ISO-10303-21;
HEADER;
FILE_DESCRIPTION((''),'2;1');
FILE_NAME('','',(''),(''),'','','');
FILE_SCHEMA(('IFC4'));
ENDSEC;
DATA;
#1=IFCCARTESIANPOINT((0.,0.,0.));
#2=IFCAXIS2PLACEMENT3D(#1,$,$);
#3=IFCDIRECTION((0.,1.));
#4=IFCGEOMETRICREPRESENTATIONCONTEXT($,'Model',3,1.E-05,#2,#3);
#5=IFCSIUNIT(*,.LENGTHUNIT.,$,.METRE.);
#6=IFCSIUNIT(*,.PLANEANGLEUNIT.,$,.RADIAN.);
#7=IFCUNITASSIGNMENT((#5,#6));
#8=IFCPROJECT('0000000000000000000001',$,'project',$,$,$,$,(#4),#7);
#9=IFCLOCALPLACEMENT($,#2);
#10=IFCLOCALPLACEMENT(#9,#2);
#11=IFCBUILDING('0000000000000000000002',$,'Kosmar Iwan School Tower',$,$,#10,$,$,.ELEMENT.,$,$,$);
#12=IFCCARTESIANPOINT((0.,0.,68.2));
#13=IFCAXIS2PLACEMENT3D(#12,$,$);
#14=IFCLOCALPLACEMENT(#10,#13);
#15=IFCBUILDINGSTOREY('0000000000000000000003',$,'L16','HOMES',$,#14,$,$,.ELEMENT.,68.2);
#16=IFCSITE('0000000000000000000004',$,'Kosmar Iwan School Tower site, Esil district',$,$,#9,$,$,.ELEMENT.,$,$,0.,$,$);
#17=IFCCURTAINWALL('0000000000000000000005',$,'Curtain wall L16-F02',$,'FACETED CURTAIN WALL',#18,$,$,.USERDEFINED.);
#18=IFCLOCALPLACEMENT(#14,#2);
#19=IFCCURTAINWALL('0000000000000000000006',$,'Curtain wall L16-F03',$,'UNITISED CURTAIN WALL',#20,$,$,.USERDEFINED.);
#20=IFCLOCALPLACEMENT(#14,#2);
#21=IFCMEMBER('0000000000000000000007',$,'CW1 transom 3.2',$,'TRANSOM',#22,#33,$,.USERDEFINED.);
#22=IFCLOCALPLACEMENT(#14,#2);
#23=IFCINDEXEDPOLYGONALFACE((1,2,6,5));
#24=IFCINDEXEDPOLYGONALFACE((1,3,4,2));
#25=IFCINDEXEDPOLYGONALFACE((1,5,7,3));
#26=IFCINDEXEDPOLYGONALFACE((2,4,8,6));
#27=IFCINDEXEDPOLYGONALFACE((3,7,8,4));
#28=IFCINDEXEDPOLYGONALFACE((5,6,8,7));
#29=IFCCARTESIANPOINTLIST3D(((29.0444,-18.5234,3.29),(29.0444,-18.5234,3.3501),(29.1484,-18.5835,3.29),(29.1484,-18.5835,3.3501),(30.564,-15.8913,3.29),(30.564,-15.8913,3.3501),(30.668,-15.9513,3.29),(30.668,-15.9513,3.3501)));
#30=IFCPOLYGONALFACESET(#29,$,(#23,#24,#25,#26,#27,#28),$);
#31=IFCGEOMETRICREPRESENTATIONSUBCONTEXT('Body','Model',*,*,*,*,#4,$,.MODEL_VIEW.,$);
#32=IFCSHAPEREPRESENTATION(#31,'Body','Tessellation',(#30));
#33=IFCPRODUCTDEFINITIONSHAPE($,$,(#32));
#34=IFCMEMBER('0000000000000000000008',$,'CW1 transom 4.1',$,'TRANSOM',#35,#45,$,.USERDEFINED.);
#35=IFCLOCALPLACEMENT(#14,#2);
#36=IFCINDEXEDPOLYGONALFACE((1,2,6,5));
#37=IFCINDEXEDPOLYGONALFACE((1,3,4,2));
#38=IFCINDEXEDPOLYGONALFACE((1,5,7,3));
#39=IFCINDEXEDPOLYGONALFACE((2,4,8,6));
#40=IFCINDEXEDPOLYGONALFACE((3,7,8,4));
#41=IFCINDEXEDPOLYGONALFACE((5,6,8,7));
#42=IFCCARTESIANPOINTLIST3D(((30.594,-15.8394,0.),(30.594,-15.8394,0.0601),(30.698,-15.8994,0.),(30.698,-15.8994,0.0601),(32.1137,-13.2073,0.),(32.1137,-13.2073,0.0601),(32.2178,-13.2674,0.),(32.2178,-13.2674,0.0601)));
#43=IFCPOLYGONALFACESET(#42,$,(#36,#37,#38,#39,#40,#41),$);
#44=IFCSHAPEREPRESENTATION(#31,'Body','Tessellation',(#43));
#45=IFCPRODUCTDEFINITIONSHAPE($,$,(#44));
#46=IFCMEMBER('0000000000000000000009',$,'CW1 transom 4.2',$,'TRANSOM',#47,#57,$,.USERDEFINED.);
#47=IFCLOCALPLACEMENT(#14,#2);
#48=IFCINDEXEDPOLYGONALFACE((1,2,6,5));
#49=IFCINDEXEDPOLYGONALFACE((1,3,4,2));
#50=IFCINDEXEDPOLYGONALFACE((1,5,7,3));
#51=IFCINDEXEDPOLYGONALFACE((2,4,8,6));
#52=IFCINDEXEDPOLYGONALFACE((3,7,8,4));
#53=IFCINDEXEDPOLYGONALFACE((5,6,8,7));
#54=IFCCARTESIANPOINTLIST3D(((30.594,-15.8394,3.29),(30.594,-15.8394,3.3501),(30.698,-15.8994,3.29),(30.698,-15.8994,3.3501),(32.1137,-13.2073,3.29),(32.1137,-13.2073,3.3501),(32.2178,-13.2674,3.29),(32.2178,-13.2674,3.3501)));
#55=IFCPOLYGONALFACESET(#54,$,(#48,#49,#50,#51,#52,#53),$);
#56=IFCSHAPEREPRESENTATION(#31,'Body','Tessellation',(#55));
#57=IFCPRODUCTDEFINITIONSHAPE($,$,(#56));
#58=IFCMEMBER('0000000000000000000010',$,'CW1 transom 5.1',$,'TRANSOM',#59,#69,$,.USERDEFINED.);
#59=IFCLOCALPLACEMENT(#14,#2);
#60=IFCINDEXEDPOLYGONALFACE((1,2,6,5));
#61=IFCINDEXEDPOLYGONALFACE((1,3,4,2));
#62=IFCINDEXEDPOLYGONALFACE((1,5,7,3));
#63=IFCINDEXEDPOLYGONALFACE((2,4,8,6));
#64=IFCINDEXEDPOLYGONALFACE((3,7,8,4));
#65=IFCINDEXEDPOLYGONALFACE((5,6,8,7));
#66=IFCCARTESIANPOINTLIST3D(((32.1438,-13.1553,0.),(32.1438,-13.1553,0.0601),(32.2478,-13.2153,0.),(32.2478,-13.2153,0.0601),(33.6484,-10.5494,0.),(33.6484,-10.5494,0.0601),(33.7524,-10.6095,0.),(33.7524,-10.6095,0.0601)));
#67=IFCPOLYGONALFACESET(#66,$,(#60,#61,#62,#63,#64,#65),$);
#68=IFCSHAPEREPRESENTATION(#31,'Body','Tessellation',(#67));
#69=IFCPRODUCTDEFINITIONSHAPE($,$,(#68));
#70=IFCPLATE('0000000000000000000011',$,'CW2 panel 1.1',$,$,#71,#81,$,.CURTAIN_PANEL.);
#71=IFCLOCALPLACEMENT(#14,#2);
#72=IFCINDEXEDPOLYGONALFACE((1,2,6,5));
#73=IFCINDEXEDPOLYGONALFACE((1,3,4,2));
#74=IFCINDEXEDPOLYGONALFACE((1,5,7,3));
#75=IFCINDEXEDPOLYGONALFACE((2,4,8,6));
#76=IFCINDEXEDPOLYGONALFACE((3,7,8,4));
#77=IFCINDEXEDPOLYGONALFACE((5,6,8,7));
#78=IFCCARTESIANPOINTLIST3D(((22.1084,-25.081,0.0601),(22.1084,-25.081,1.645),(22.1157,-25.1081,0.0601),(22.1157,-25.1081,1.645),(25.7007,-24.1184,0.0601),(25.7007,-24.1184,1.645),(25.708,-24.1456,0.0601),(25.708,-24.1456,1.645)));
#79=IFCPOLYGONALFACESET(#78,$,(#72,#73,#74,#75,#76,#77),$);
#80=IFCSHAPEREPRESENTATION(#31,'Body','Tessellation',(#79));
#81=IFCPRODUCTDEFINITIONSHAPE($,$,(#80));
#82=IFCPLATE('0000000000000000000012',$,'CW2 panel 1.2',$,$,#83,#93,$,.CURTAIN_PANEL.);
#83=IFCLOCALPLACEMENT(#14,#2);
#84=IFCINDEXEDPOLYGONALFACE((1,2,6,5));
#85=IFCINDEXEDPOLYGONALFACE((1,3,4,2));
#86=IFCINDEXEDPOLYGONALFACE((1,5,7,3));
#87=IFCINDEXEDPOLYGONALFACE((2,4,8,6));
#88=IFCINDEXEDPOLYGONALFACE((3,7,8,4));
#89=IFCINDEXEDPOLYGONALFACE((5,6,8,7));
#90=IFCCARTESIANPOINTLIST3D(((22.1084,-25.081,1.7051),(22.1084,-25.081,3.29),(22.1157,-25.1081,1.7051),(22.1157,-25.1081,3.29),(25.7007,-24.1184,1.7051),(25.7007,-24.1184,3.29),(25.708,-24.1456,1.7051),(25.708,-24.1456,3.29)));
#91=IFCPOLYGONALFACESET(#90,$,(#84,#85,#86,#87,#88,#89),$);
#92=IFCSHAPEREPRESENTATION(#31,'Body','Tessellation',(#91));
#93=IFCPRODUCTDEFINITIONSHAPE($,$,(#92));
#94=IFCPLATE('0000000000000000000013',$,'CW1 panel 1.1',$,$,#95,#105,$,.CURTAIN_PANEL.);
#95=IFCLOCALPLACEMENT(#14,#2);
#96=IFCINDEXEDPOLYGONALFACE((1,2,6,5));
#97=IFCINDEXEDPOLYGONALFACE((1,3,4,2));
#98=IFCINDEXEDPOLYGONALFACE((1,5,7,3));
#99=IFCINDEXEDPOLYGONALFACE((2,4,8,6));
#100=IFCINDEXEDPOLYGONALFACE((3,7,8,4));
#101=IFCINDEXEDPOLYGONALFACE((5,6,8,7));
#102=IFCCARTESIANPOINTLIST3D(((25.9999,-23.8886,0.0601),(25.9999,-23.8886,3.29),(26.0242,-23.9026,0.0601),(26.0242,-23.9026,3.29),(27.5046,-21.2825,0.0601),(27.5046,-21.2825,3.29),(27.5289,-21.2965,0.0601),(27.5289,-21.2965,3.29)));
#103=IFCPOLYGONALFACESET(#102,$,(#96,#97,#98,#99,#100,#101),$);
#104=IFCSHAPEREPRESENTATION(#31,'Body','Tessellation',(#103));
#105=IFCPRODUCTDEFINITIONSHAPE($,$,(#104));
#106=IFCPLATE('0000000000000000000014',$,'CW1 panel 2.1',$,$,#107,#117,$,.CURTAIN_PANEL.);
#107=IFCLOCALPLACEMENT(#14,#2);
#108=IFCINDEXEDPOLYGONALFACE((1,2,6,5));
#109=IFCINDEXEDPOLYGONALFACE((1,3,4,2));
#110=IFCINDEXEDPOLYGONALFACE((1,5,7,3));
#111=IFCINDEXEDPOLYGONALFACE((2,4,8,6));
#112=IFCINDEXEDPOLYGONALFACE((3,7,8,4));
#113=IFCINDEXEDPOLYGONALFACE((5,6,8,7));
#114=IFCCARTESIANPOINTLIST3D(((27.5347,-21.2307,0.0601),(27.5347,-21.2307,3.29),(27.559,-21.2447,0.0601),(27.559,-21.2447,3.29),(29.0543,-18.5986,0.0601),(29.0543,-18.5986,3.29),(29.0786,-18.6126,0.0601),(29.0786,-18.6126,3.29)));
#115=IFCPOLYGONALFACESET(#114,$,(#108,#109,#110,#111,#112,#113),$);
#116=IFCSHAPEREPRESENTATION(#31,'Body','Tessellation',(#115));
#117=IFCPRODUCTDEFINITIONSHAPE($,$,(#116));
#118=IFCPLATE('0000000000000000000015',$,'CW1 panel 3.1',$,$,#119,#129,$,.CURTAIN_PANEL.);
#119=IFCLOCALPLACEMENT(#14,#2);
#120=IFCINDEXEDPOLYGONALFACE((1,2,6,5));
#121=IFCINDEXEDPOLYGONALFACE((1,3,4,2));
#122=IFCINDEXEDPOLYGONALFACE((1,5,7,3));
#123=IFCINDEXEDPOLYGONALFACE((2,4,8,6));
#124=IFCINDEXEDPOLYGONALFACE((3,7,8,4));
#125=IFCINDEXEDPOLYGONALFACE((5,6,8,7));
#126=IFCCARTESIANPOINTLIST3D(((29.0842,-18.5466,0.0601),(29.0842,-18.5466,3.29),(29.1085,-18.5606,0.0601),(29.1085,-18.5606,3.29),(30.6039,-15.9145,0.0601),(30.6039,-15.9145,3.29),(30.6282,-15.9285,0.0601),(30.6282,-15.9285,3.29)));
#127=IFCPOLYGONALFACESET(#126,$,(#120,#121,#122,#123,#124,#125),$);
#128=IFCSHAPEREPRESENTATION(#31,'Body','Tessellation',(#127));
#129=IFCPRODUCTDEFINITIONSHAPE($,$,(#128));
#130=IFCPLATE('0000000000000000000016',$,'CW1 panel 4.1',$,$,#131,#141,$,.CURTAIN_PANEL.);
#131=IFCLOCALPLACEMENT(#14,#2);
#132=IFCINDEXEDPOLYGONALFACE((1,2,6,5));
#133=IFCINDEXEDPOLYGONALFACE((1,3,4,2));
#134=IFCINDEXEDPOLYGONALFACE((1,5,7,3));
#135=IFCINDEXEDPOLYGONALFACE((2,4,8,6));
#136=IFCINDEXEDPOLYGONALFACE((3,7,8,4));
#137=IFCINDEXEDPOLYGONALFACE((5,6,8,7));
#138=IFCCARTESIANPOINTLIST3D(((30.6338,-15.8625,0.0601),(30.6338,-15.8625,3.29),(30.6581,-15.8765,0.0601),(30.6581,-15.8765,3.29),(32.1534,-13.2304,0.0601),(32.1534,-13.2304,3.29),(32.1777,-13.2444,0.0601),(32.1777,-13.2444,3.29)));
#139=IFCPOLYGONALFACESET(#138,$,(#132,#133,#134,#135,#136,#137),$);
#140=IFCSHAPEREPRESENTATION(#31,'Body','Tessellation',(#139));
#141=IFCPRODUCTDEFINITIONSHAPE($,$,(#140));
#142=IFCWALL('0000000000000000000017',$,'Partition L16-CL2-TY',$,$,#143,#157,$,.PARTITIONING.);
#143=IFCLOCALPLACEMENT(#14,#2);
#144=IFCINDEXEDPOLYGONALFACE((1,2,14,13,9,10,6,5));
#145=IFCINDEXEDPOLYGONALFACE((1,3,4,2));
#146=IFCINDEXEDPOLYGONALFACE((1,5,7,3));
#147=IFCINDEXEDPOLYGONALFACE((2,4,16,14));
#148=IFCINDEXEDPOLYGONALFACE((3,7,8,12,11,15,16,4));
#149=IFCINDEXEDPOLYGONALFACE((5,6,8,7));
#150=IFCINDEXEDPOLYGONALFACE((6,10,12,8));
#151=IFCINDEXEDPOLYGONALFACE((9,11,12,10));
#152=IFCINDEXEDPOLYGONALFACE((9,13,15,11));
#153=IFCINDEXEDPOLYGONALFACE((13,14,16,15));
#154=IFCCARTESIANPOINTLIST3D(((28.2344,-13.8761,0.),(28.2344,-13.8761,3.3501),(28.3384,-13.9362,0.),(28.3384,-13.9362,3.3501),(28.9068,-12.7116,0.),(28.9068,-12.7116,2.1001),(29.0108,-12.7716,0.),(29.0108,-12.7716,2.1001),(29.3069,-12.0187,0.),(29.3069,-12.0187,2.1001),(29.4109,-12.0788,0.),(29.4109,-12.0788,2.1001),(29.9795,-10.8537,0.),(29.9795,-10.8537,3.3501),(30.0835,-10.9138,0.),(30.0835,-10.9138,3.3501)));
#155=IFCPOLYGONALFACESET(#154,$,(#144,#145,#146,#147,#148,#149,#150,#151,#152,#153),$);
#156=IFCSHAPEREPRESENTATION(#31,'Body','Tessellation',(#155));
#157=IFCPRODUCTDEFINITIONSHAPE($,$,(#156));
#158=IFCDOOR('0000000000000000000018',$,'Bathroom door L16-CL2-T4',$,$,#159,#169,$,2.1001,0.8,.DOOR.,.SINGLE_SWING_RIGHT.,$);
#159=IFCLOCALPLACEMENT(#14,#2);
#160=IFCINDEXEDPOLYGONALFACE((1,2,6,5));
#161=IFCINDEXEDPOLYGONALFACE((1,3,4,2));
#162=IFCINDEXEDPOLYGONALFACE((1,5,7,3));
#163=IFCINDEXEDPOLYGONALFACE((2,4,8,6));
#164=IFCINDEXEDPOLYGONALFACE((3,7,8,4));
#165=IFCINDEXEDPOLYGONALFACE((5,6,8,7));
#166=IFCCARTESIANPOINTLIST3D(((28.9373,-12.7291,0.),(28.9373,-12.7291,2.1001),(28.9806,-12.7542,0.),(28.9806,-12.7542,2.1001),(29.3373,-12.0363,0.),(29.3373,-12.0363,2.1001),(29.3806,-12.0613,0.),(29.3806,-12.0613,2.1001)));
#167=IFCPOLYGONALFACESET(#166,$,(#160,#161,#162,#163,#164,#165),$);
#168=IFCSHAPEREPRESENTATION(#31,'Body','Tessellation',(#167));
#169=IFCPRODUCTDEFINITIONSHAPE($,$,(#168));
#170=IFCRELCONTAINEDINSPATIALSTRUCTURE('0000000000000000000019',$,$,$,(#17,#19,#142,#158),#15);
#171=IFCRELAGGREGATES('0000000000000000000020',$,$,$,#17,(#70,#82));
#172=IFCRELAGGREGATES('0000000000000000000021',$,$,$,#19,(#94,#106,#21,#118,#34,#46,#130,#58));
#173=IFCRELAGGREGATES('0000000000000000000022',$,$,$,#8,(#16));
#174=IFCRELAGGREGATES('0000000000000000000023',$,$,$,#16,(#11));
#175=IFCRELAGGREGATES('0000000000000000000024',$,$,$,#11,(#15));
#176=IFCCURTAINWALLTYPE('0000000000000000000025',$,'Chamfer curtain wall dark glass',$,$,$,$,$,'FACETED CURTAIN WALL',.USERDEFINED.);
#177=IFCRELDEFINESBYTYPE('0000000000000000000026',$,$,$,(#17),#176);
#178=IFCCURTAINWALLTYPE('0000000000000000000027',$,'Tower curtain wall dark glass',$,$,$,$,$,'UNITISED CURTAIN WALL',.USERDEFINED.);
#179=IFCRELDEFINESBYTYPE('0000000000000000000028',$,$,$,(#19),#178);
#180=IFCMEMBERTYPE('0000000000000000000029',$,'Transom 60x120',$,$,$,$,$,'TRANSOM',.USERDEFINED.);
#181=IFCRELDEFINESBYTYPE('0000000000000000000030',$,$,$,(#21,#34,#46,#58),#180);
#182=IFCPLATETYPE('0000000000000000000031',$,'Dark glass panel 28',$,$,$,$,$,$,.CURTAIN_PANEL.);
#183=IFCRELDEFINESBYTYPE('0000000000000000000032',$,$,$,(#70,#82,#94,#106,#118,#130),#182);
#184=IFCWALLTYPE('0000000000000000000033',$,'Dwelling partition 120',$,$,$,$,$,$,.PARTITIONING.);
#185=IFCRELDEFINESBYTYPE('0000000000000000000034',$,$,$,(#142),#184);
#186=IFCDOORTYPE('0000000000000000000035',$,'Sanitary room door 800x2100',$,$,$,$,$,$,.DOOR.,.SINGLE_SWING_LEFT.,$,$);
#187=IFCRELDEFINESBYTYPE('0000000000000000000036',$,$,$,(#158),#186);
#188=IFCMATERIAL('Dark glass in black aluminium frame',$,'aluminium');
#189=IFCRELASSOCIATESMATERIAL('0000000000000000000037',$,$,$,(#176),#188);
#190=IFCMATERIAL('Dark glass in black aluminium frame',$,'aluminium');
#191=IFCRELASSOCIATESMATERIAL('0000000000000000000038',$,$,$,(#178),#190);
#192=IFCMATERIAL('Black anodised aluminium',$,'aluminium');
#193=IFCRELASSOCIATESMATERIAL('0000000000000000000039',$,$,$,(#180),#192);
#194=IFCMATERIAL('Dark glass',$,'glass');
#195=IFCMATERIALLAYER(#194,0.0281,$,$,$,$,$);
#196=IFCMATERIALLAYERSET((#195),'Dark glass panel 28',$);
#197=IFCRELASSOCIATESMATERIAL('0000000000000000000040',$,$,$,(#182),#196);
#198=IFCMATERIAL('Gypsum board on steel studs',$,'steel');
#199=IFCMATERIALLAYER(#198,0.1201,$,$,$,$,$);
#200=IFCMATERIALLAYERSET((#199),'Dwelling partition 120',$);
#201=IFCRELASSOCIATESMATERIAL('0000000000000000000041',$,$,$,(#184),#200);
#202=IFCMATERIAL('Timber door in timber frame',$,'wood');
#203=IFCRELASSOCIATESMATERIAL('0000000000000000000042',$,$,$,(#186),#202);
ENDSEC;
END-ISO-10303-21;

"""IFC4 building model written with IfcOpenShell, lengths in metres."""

from ifc_helpers import new_model, si_unit, direction, frame, frame_2d, origin, origin_2d, place, context, subcontext, project, spatial, rectangle, extrude, material, layer, layer_set, material_profile, profile_set, type_object, element, fill, aggregate, save


model = new_model("IFC4")

# Units and contexts
model_context = context("Model", 3, precision=1e-05, world=origin(), true_north=direction((0.0, 1.0)))
body_context = subcontext(model_context, "Body", "Model", "MODEL_VIEW")
ifc_project = project(units=[si_unit("LENGTHUNIT", "METRE"), si_unit("PLANEANGLEUNIT", "RADIAN")], contexts=[model_context])

# Site, building, storey
site_placement = place(None, origin())
site = spatial("IfcSite", under=ifc_project, at=site_placement, Name="Kosmar Iwan School Tower site, Esil district", CompositionType="ELEMENT", RefElevation=0.0)
building_placement = place(site_placement, origin())
building = spatial("IfcBuilding", under=site, at=building_placement, Name="Kosmar Iwan School Tower", CompositionType="ELEMENT")
storey_placement = place(building_placement, frame((0.0, 0.0, 68.2)))
storey = spatial("IfcBuildingStorey", under=building, at=storey_placement, Name="L16", Description="HOMES", CompositionType="ELEMENT", Elevation=68.2)

# Curtain wall
ifc_material_1 = material(Name="Dark glass in black aluminium frame", Category="aluminium")
curtain_wall_type_1 = type_object("IfcCurtainWallType", Name="Chamfer curtain wall dark glass", ElementType="FACETED CURTAIN WALL", PredefinedType="USERDEFINED", material=ifc_material_1)
curtain_wall_1_placement = place(storey_placement, origin())
curtain_wall_1 = element("IfcCurtainWall", 1, at=curtain_wall_1_placement, inside=storey, type_object=curtain_wall_type_1, Name="Curtain wall L16-F02", ObjectType="FACETED CURTAIN WALL", PredefinedType="USERDEFINED")

# Curtain wall
ifc_material_2 = material(Name="Dark glass in black aluminium frame", Category="aluminium")
curtain_wall_type_2 = type_object("IfcCurtainWallType", Name="Tower curtain wall dark glass", ElementType="UNITISED CURTAIN WALL", PredefinedType="USERDEFINED", material=ifc_material_2)
curtain_wall_2_placement = place(storey_placement, origin())
curtain_wall_2 = element("IfcCurtainWall", 2, at=curtain_wall_2_placement, inside=storey, type_object=curtain_wall_type_2, Name="Curtain wall L16-F03", ObjectType="UNITISED CURTAIN WALL", PredefinedType="USERDEFINED")

# Members
ifc_material_3 = material(Name="Black anodised aluminium", Category="aluminium")
ifc_material_profile_1 = material_profile(ifc_material_3, rectangle(XDim=0.1201, YDim=0.0601, at=origin_2d()), Name="TRANSOM 60x120")
ifc_profile_set_1 = profile_set([ifc_material_profile_1], Name="Black anodised aluminium")
member_type_1 = type_object("IfcMemberType", Name="Transom 60x120", ElementType="TRANSOM", PredefinedType="USERDEFINED", material=ifc_profile_set_1)
member_1_placement = place(storey_placement, frame((29.0964, -18.5535, 3.3201), z_axis=(0.499975, 0.86604, 0.0), x_axis=(-0.86604, 0.499975, 0.0)))
member_1 = element("IfcMember", 3, at=member_1_placement, type_object=member_type_1, Name="CW1 transom 3.2", ObjectType="TRANSOM", PredefinedType="USERDEFINED", context=body_context, shape_type="SweptSolid", body=[
    extrude(rectangle(XDim=0.1201, YDim=0.0601, at=origin_2d()), origin(), (0.0, 0.0, 1.0), 3.0393),
])
member_2_placement = place(storey_placement, frame((30.646, -15.8694, 0.03), z_axis=(0.500035, 0.866005, 0.0), x_axis=(-0.866005, 0.500035, 0.0)))
member_2 = element("IfcMember", 4, at=member_2_placement, type_object=member_type_1, Name="CW1 transom 4.1", ObjectType="TRANSOM", PredefinedType="USERDEFINED", context=body_context, shape_type="SweptSolid", body=[
    extrude(rectangle(XDim=0.1201, YDim=0.0601, at=origin_2d()), origin(), (0.0, 0.0, 1.0), 3.0393),
])
member_3_placement = place(storey_placement, frame((30.646, -15.8694, 3.3201), z_axis=(0.500035, 0.866005, 0.0), x_axis=(-0.866005, 0.500035, 0.0)))
member_3 = element("IfcMember", 5, at=member_3_placement, type_object=member_type_1, Name="CW1 transom 4.2", ObjectType="TRANSOM", PredefinedType="USERDEFINED", context=body_context, shape_type="SweptSolid", body=[
    extrude(rectangle(XDim=0.1201, YDim=0.0601, at=origin_2d()), origin(), (0.0, 0.0, 1.0), 3.0393),
])
member_4_placement = place(storey_placement, frame((32.1958, -13.1853, 0.03), z_axis=(0.500022, 0.866013, 0.0), x_axis=(-0.866013, 0.500022, 0.0)))
member_4 = element("IfcMember", 6, at=member_4_placement, type_object=member_type_1, Name="CW1 transom 5.1", ObjectType="TRANSOM", PredefinedType="USERDEFINED", context=body_context, shape_type="SweptSolid", body=[
    extrude(rectangle(XDim=0.1201, YDim=0.0601, at=origin_2d()), origin(), (0.0, 0.0, 1.0), 3.009),
])

# Plates
ifc_material_4 = material(Name="Dark glass", Category="glass")
ifc_layer_1 = layer(ifc_material_4, 0.0281)
ifc_layer_set_1 = layer_set([ifc_layer_1], Name="Dark glass panel 28")
plate_type = type_object("IfcPlateType", Name="Dark glass panel 28", PredefinedType="CURTAIN_PANEL", material=ifc_layer_set_1)
plate_1_placement = place(storey_placement, frame((23.9082, -24.6133, 0.0601), z_axis=(0.0, 0.0, 1.0), x_axis=(0.965926, 0.258819, 0.0)))
plate_1 = element("IfcPlate", 7, at=plate_1_placement, type_object=plate_type, Name="CW2 panel 1.1", PredefinedType="CURTAIN_PANEL", context=body_context, shape_type="SweptSolid", body=[
    extrude(rectangle(XDim=3.719, YDim=0.0281, at=origin_2d()), origin(), (0.0, 0.0, 1.0), 1.585),
])
plate_2_placement = place(storey_placement, frame((23.9082, -24.6133, 1.7051), z_axis=(0.0, 0.0, 1.0), x_axis=(0.965926, 0.258819, 0.0)))
plate_2 = element("IfcPlate", 8, at=plate_2_placement, type_object=plate_type, Name="CW2 panel 1.2", PredefinedType="CURTAIN_PANEL", context=body_context, shape_type="SweptSolid", body=[
    extrude(rectangle(XDim=3.719, YDim=0.0281, at=origin_2d()), origin(), (0.0, 0.0, 1.0), 1.585),
])
aggregate(curtain_wall_1, [plate_1, plate_2])
plate_3_placement = place(storey_placement, frame((26.7644, -22.5925, 0.0601), z_axis=(0.0, 0.0, 1.0), x_axis=(0.5, 0.866025, 0.0)))
plate_3 = element("IfcPlate", 9, at=plate_3_placement, type_object=plate_type, Name="CW1 panel 1.1", PredefinedType="CURTAIN_PANEL", context=body_context, shape_type="SweptSolid", body=[
    extrude(rectangle(XDim=3.0093, YDim=0.0281, at=origin_2d()), origin(), (0.0, 0.0, 1.0), 3.23),
])
plate_4_placement = place(storey_placement, frame((28.3066, -19.9216, 0.0601), z_axis=(0.0, 0.0, 1.0), x_axis=(0.5, 0.866025, 0.0)))
plate_4 = element("IfcPlate", 10, at=plate_4_placement, type_object=plate_type, Name="CW1 panel 2.1", PredefinedType="CURTAIN_PANEL", context=body_context, shape_type="SweptSolid", body=[
    extrude(rectangle(XDim=3.0393, YDim=0.0281, at=origin_2d()), origin(), (0.0, 0.0, 1.0), 3.23),
])
plate_5_placement = place(storey_placement, frame((29.8562, -17.2375, 0.0601), z_axis=(0.0, 0.0, 1.0), x_axis=(0.5, 0.866025, 0.0)))
plate_5 = element("IfcPlate", 11, at=plate_5_placement, type_object=plate_type, Name="CW1 panel 3.1", PredefinedType="CURTAIN_PANEL", context=body_context, shape_type="SweptSolid", body=[
    extrude(rectangle(XDim=3.0393, YDim=0.0281, at=origin_2d()), origin(), (0.0, 0.0, 1.0), 3.23),
])
plate_6_placement = place(storey_placement, frame((31.4058, -14.5535, 0.0601), z_axis=(0.0, 0.0, 1.0), x_axis=(0.5, 0.866025, 0.0)))
plate_6 = element("IfcPlate", 12, at=plate_6_placement, type_object=plate_type, Name="CW1 panel 4.1", PredefinedType="CURTAIN_PANEL", context=body_context, shape_type="SweptSolid", body=[
    extrude(rectangle(XDim=3.0393, YDim=0.0281, at=origin_2d()), origin(), (0.0, 0.0, 1.0), 3.23),
])
aggregate(curtain_wall_2, [plate_3, plate_4, member_1, plate_5, member_2, member_3, plate_6, member_4])

# Wall, opening, door
ifc_material_5 = material(Name="Gypsum board on steel studs", Category="steel")
ifc_layer_2 = layer(ifc_material_5, 0.1201)
ifc_layer_set_2 = layer_set([ifc_layer_2], Name="Dwelling partition 120")
wall_type_1 = type_object("IfcWallType", Name="Dwelling partition 120", PredefinedType="PARTITIONING", material=ifc_layer_set_2)
wall_1_placement = place(storey_placement, frame((28.2864, -13.9062, 0.0), z_axis=(0.0, 0.0, 1.0), x_axis=(0.500021, 0.866013, 0.0)))
wall_1 = element("IfcWall", 13, at=wall_1_placement, inside=storey, type_object=wall_type_1, Name="Partition L16-CL2-TY", PredefinedType="PARTITIONING", context=body_context, shape_type="SweptSolid", body=[
    extrude(rectangle(XDim=3.49, YDim=0.1201, at=frame_2d((1.7451, 0.0))), origin(), (0.0, 0.0, 1.0), 3.3501),
])
opening_1_placement = place(wall_1_placement, frame((1.345, 0.0, 0.0)))
opening_1 = element("IfcOpeningElement", 14, at=opening_1_placement, cuts=wall_1, PredefinedType="OPENING", context=body_context, shape_type="SweptSolid", body=[
    extrude(rectangle(XDim=0.8, YDim=2.1001, at=frame_2d((0.3999, 1.05))), frame((0.0, 0.072, 0.0), z_axis=(0.0, -1.0, 0.0), x_axis=(1.0, 0.0, 0.0)), (0.0, 0.0, 1.0), 0.144),
])
ifc_material_6 = material(Name="Timber door in timber frame", Category="wood")
door_type_1 = type_object("IfcDoorType", Name="Sanitary room door 800x2100", OperationType="SINGLE_SWING_LEFT", PredefinedType="DOOR", material=ifc_material_6)
door_1_placement = place(opening_1_placement, origin())
door_1 = element("IfcDoor", 15, at=door_1_placement, inside=storey, type_object=door_type_1, Name="Bathroom door L16-CL2-T4", OperationType="SINGLE_SWING_RIGHT", OverallHeight=2.1001, OverallWidth=0.8, PredefinedType="DOOR", context=body_context, shape_type="SweptSolid", body=[
    extrude(rectangle(XDim=0.8, YDim=2.1001, at=frame_2d((0.3999, 1.05))), frame((0.0, 0.0249, 0.0), z_axis=(0.0, -1.0, 0.0), x_axis=(1.0, 0.0, 0.0)), (0.0, 0.0, 1.0), 0.05),
])
fill(opening_1, door_1)

save(model, "model.ifc")
